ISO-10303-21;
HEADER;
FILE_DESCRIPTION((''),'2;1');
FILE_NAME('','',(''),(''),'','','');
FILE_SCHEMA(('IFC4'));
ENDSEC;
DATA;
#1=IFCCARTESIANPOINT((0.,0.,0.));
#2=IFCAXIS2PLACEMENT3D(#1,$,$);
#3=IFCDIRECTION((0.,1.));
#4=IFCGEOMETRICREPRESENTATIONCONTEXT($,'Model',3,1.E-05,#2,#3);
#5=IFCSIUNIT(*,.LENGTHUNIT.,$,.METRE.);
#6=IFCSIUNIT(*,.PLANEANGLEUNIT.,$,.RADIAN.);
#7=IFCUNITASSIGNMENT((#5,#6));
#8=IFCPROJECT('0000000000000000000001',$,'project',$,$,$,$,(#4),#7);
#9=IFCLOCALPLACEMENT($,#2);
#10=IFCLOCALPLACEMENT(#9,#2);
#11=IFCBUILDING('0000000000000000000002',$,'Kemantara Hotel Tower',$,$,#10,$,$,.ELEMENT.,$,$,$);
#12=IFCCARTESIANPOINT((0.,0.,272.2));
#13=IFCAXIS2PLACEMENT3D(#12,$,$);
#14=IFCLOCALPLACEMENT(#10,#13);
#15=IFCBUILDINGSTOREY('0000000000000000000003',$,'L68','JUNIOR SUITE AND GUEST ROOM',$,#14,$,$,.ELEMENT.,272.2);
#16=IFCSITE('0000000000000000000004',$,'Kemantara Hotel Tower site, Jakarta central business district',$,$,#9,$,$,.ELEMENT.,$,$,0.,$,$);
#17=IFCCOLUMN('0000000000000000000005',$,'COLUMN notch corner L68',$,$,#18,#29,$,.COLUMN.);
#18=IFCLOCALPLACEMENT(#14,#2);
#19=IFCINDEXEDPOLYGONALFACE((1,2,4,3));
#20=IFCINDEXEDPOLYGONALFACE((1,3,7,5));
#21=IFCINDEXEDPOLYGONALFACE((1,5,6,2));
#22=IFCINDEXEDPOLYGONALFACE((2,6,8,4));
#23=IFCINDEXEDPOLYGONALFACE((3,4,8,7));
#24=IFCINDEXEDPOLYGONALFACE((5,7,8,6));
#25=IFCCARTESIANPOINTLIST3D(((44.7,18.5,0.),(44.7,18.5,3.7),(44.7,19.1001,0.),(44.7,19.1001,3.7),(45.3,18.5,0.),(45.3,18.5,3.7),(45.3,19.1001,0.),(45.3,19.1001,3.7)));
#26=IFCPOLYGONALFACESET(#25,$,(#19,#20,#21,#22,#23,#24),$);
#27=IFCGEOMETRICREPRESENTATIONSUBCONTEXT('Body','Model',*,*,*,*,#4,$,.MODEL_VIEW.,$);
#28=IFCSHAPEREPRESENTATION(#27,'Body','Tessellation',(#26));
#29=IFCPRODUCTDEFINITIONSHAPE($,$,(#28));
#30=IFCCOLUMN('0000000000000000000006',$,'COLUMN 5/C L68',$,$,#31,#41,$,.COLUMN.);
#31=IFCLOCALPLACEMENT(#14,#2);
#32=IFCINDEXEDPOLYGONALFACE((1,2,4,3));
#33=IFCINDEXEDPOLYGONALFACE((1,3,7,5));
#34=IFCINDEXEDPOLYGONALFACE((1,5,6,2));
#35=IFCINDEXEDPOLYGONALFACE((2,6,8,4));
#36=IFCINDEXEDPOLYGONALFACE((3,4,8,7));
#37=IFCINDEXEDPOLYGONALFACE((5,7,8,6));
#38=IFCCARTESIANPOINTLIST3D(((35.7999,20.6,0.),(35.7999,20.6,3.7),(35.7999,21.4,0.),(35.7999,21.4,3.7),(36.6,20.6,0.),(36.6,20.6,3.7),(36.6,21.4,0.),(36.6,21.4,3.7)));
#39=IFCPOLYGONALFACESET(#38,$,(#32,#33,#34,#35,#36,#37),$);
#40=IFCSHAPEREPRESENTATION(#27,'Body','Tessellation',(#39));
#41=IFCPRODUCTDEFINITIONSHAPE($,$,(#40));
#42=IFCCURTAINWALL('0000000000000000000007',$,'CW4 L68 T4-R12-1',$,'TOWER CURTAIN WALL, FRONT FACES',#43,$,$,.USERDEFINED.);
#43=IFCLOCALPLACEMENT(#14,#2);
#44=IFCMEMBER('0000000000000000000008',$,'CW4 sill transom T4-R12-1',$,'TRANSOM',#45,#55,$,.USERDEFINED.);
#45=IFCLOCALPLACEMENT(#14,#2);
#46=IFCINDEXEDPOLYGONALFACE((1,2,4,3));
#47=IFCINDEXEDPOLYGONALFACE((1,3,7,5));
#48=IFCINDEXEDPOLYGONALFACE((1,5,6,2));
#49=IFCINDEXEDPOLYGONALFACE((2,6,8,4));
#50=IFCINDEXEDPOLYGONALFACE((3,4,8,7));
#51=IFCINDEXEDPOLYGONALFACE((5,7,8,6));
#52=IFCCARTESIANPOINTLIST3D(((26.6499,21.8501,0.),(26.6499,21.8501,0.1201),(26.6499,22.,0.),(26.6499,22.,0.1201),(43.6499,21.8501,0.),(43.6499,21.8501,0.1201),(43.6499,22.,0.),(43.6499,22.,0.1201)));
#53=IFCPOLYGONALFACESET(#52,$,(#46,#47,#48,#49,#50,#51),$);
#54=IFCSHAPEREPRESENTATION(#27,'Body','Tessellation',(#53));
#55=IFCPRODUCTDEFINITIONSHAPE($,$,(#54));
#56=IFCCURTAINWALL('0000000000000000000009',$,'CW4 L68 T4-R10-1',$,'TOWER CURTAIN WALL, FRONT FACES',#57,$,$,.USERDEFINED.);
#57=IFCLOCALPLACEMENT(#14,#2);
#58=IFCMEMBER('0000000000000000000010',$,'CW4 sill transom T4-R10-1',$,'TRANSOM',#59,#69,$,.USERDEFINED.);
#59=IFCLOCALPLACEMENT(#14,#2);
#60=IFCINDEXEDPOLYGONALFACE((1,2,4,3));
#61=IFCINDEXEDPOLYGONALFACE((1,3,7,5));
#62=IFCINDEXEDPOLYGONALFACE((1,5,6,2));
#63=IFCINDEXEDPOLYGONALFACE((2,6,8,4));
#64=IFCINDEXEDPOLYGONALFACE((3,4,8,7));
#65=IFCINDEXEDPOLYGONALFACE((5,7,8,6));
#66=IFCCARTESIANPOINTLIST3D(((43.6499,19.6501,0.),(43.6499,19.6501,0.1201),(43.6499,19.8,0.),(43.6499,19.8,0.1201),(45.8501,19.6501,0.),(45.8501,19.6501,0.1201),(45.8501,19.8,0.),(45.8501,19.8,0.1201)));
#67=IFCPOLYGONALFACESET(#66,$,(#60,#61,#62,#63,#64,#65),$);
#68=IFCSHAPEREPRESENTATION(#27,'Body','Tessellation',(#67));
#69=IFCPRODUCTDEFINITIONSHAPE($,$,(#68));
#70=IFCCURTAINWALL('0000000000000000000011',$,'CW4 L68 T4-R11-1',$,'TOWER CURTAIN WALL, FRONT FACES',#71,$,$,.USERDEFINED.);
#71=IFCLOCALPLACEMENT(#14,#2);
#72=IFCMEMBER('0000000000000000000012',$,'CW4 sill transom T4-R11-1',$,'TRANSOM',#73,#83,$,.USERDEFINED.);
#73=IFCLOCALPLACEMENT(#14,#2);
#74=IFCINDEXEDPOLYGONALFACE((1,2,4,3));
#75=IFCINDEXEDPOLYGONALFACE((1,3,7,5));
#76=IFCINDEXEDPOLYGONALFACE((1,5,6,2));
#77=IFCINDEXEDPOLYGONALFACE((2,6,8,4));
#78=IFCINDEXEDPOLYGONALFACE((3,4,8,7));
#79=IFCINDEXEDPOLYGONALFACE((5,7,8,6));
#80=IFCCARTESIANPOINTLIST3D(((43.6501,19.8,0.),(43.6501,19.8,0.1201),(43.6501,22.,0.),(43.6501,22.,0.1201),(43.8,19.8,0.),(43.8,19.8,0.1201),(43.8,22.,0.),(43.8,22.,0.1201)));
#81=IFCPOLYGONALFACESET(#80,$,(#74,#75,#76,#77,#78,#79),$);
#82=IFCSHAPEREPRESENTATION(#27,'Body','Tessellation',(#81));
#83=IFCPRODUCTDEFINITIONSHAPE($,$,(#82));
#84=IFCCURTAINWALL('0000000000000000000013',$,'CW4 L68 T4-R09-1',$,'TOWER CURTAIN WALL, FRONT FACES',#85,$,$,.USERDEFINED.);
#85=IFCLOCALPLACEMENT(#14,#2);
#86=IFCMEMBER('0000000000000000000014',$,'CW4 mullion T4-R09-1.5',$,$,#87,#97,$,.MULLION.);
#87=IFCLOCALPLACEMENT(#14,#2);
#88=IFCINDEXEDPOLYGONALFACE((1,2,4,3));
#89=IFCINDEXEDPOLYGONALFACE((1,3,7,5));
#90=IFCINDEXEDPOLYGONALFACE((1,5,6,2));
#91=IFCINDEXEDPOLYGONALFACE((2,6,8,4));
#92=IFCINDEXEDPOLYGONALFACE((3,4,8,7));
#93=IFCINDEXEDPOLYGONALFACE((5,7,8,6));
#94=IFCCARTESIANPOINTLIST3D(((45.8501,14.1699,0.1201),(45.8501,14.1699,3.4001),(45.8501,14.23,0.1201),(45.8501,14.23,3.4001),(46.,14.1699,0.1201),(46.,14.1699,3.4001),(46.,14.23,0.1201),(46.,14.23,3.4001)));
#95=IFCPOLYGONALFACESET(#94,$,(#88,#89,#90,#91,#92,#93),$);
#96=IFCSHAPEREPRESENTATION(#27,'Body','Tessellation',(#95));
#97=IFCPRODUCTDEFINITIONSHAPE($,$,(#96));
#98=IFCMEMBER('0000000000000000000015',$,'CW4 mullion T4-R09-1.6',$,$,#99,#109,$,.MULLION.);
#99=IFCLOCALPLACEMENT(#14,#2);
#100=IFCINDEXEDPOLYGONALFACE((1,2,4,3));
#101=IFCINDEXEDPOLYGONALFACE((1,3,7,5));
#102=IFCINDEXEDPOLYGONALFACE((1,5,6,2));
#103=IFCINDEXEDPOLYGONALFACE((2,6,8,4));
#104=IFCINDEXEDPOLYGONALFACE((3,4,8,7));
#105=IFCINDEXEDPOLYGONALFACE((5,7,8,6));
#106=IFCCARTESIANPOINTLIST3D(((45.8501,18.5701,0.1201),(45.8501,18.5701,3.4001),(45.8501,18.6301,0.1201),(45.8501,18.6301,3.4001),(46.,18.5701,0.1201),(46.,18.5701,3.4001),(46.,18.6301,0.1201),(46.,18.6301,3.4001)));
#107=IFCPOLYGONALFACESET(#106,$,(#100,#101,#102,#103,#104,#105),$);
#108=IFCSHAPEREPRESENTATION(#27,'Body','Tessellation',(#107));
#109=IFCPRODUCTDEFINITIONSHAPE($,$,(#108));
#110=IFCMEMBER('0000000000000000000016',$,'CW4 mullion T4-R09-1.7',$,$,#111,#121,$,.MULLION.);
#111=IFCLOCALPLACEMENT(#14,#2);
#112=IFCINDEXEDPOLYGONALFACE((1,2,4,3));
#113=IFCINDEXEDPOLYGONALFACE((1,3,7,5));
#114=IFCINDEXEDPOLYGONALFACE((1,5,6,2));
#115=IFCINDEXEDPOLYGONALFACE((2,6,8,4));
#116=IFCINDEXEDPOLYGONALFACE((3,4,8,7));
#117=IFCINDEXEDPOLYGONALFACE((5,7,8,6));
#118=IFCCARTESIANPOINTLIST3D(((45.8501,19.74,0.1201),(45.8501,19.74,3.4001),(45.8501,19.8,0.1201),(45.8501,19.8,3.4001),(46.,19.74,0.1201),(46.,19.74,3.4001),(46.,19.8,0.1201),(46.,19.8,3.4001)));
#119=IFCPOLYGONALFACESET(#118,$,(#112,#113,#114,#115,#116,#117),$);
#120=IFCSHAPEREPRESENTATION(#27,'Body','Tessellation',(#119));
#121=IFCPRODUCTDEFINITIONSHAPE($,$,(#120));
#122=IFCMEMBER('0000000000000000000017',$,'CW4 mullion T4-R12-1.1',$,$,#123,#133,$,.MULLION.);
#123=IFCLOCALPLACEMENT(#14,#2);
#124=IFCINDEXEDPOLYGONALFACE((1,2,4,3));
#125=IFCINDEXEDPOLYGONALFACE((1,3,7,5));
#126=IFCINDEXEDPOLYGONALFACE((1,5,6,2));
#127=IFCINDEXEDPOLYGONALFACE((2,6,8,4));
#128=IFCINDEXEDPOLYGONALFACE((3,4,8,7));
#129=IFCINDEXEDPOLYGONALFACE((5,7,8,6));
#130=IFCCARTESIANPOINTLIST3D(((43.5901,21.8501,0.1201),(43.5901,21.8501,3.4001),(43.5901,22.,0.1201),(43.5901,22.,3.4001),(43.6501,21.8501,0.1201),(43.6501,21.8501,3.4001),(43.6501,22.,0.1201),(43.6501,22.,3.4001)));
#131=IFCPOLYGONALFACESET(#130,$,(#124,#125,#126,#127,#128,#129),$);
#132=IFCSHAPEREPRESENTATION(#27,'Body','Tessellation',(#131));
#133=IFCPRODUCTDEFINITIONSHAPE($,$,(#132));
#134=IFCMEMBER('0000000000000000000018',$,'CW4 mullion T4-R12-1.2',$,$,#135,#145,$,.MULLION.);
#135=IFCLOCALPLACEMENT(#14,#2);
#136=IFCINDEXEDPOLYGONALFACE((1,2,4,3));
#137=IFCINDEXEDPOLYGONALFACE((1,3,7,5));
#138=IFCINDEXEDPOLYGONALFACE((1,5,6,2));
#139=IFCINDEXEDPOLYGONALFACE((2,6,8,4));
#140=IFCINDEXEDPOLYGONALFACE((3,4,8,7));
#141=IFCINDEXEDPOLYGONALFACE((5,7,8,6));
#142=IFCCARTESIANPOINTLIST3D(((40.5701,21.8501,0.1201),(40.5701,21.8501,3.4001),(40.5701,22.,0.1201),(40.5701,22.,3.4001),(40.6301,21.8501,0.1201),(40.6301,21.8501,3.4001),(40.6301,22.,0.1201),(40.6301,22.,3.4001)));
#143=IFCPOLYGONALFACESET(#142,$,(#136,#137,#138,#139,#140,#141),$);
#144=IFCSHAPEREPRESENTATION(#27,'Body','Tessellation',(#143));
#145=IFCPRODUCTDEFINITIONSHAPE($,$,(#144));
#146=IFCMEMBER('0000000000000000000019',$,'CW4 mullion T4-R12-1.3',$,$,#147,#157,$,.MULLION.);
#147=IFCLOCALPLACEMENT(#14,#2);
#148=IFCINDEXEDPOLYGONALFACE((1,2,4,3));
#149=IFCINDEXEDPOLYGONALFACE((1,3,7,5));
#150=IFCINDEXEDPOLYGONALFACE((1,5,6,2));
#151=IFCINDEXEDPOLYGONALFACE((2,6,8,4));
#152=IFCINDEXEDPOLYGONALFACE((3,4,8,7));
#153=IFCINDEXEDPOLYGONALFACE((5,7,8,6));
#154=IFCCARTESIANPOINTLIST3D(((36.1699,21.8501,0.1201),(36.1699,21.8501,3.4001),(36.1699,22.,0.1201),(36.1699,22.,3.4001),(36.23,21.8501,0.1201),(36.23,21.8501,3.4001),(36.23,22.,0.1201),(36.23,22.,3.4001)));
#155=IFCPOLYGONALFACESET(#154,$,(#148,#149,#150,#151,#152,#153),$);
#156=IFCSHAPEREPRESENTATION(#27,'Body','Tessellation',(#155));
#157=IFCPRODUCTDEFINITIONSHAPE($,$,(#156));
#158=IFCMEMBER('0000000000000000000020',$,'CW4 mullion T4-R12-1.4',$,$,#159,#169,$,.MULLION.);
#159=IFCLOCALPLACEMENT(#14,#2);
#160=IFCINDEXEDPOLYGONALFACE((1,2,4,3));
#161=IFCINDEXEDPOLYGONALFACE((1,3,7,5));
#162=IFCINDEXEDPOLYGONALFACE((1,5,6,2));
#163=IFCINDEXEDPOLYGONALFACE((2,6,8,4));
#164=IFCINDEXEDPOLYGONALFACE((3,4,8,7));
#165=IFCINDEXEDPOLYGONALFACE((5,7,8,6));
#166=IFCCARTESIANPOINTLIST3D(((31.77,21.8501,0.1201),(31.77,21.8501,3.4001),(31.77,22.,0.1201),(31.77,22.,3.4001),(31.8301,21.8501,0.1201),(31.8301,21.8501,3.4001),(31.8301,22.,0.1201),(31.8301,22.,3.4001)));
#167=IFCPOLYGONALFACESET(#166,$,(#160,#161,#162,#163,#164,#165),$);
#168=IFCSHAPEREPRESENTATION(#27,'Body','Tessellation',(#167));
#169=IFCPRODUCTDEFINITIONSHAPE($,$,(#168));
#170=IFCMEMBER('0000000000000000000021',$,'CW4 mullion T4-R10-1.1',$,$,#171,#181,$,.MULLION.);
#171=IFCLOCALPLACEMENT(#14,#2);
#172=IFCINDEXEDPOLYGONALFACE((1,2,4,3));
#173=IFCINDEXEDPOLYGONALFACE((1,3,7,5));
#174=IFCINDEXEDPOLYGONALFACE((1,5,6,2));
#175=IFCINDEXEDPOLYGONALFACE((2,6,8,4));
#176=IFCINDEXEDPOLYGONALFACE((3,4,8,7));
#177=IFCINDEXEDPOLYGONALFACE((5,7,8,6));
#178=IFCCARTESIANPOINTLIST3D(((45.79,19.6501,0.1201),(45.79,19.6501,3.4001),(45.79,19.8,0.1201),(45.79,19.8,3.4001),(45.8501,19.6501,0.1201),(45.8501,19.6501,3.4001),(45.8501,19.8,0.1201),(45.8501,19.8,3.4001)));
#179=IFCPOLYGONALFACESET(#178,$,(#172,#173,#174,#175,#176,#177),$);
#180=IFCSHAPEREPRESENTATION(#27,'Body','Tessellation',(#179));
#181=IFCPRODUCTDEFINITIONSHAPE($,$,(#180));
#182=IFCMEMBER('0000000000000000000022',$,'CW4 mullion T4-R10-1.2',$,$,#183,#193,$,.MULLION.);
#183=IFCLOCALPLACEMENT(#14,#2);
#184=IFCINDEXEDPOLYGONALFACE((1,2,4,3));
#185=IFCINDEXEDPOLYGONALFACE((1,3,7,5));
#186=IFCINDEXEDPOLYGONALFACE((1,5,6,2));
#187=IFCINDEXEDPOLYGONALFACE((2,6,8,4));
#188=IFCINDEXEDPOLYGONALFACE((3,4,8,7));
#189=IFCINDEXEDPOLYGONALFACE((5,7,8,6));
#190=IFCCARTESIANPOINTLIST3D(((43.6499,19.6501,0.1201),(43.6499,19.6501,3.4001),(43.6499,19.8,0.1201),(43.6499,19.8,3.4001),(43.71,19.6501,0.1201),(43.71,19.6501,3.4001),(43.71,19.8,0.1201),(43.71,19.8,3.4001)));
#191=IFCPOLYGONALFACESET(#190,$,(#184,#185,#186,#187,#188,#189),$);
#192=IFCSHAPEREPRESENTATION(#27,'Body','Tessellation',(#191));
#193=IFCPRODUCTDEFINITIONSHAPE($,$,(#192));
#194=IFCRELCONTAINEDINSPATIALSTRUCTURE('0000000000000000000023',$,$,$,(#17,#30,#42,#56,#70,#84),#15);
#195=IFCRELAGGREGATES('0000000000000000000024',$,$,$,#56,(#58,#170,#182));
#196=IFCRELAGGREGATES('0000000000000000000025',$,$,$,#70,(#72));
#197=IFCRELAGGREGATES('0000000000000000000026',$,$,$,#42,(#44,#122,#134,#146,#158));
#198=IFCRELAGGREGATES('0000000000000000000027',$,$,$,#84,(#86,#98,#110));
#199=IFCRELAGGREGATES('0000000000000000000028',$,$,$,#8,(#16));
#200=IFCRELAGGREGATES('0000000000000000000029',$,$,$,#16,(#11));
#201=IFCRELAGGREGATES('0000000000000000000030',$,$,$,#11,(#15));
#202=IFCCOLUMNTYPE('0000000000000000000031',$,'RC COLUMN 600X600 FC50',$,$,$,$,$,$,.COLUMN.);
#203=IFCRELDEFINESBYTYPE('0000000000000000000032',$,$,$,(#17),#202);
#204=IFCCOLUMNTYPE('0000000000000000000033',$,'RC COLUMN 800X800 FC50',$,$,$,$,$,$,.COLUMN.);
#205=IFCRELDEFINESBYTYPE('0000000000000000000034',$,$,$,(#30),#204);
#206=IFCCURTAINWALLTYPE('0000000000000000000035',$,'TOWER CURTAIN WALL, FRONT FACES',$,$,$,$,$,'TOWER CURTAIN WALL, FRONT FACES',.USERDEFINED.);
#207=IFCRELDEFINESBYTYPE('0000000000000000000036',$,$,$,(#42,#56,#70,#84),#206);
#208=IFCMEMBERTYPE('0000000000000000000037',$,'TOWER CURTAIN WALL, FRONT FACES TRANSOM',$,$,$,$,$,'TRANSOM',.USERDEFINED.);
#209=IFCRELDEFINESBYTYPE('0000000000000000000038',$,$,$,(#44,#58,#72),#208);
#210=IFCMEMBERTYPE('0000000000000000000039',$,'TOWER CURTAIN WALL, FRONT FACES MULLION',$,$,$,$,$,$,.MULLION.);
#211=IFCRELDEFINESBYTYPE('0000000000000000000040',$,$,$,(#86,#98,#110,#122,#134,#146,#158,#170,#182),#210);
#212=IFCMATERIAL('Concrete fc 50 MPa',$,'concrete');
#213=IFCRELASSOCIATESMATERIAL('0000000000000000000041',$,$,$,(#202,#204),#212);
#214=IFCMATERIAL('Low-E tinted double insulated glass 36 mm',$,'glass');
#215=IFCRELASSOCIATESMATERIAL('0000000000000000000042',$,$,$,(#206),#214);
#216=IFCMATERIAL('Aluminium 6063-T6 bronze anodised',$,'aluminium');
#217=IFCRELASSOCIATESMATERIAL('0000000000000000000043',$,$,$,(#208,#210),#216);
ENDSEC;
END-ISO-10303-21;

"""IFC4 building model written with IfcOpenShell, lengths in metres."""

from ifc_helpers import new_model, si_unit, direction, frame, origin, origin_2d, place, context, subcontext, project, spatial, rectangle, extrude, source, transform, mapped, material, material_profile, profile_set, type_object, element, aggregate, save


model = new_model("IFC4")

# Units and contexts
model_context = context("Model", 3, precision=1e-05, world=origin(), true_north=direction((0.0, 1.0)))
body_context = subcontext(model_context, "Body", "Model", "MODEL_VIEW")
ifc_project = project(units=[si_unit("LENGTHUNIT", "METRE"), si_unit("PLANEANGLEUNIT", "RADIAN")], contexts=[model_context])

# Site, building, storey
site_placement = place(None, origin())
site = spatial("IfcSite", under=ifc_project, at=site_placement, Name="Kemantara Hotel Tower site, Jakarta central business district", CompositionType="ELEMENT", RefElevation=0.0)
building_placement = place(site_placement, origin())
building = spatial("IfcBuilding", under=site, at=building_placement, Name="Kemantara Hotel Tower", CompositionType="ELEMENT")
storey_placement = place(building_placement, frame((0.0, 0.0, 272.2)))
storey = spatial("IfcBuildingStorey", under=building, at=storey_placement, Name="L68", Description="JUNIOR SUITE AND GUEST ROOM", CompositionType="ELEMENT", Elevation=272.2)

# Columns
ifc_material_1 = material(Name="Concrete fc 50 MPa", Category="concrete")
ifc_material_profile_1 = material_profile(ifc_material_1, rectangle(XDim=0.6001, YDim=0.6001, at=origin_2d()), Name="RC 600X600")
ifc_profile_set_1 = profile_set([ifc_material_profile_1], Name="Concrete fc 50 MPa")
column_type_1 = type_object("IfcColumnType", Name="RC COLUMN 600X600 FC50", PredefinedType="COLUMN", material=ifc_profile_set_1)
column_1_placement = place(storey_placement, frame((45.0, 18.8, 0.0), z_axis=(0.0, 0.0, 1.0), x_axis=(1.0, 0.0, 0.0)))
element("IfcColumn", 1, at=column_1_placement, inside=storey, type_object=column_type_1, Name="COLUMN notch corner L68", PredefinedType="COLUMN", context=body_context, shape_type="SweptSolid", body=[
    extrude(rectangle(XDim=0.6001, YDim=0.6001, at=origin_2d()), origin(), (0.0, 0.0, 1.0), 3.7),
])
ifc_material_profile_2 = material_profile(ifc_material_1, rectangle(XDim=0.8, YDim=0.8, at=origin_2d()), Name="RC 800X800")
ifc_profile_set_2 = profile_set([ifc_material_profile_2], Name="Concrete fc 50 MPa")
column_type_2 = type_object("IfcColumnType", Name="RC COLUMN 800X800 FC50", PredefinedType="COLUMN", material=ifc_profile_set_2)
column_2_placement = place(storey_placement, frame((36.2, 21.0, 0.0), z_axis=(0.0, 0.0, 1.0), x_axis=(1.0, 0.0, 0.0)))
element("IfcColumn", 2, at=column_2_placement, inside=storey, type_object=column_type_2, Name="COLUMN 5/C L68", PredefinedType="COLUMN", context=body_context, shape_type="SweptSolid", body=[
    extrude(rectangle(XDim=0.8, YDim=0.8, at=origin_2d()), origin(), (0.0, 0.0, 1.0), 3.7),
])

# Curtain walls, members
ifc_material_2 = material(Name="Low-E tinted double insulated glass 36 mm", Category="glass")
curtain_wall_type = type_object("IfcCurtainWallType", Name="TOWER CURTAIN WALL, FRONT FACES", ElementType="TOWER CURTAIN WALL, FRONT FACES", PredefinedType="USERDEFINED", material=ifc_material_2)
curtain_wall_1_placement = place(storey_placement, origin())
curtain_wall_1 = element("IfcCurtainWall", 3, at=curtain_wall_1_placement, inside=storey, type_object=curtain_wall_type, Name="CW4 L68 T4-R12-1", ObjectType="TOWER CURTAIN WALL, FRONT FACES", PredefinedType="USERDEFINED")
ifc_material_3 = material(Name="Aluminium 6063-T6 bronze anodised", Category="aluminium")
ifc_material_profile_3 = material_profile(ifc_material_3, rectangle(XDim=0.1499, YDim=0.1201, at=origin_2d()), Name="TOWER CURTAIN WALL, FRONT FACES TRANSOM")
ifc_profile_set_3 = profile_set([ifc_material_profile_3], Name="Aluminium 6063-T6 bronze anodised")
member_type_1 = type_object("IfcMemberType", Name="TOWER CURTAIN WALL, FRONT FACES TRANSOM", ElementType="TRANSOM", PredefinedType="USERDEFINED", material=ifc_profile_set_3)
member_1_placement = place(storey_placement, frame((43.6499, 21.925, 0.0601), z_axis=(-1.0, 0.0, 0.0), x_axis=(0.0, -1.0, 0.0)))
member_1 = element("IfcMember", 4, at=member_1_placement, type_object=member_type_1, Name="CW4 sill transom T4-R12-1", ObjectType="TRANSOM", PredefinedType="USERDEFINED", context=body_context, shape_type="SweptSolid", body=[
    extrude(rectangle(XDim=0.1499, YDim=0.1201, at=origin_2d()), origin(), (0.0, 0.0, 1.0), 17.0),
])
curtain_wall_2_placement = place(storey_placement, origin())
curtain_wall_2 = element("IfcCurtainWall", 5, at=curtain_wall_2_placement, inside=storey, type_object=curtain_wall_type, Name="CW4 L68 T4-R10-1", ObjectType="TOWER CURTAIN WALL, FRONT FACES", PredefinedType="USERDEFINED")
member_2_placement = place(storey_placement, frame((45.8501, 19.7251, 0.0601), z_axis=(-1.0, 0.0, 0.0), x_axis=(0.0, -1.0, 0.0)))
member_2 = element("IfcMember", 6, at=member_2_placement, type_object=member_type_1, Name="CW4 sill transom T4-R10-1", ObjectType="TRANSOM", PredefinedType="USERDEFINED", context=body_context, shape_type="SweptSolid", body=[
    extrude(rectangle(XDim=0.1499, YDim=0.1201, at=origin_2d()), origin(), (0.0, 0.0, 1.0), 2.2002),
])
curtain_wall_3_placement = place(storey_placement, origin())
curtain_wall_3 = element("IfcCurtainWall", 7, at=curtain_wall_3_placement, inside=storey, type_object=curtain_wall_type, Name="CW4 L68 T4-R11-1", ObjectType="TOWER CURTAIN WALL, FRONT FACES", PredefinedType="USERDEFINED")
member_3_placement = place(storey_placement, frame((43.7251, 19.8, 0.0601), z_axis=(0.0, 1.0, 0.0), x_axis=(-1.0, 0.0, 0.0)))
member_3 = element("IfcMember", 8, at=member_3_placement, type_object=member_type_1, Name="CW4 sill transom T4-R11-1", ObjectType="TRANSOM", PredefinedType="USERDEFINED", context=body_context, shape_type="SweptSolid", body=[
    extrude(rectangle(XDim=0.1499, YDim=0.1201, at=origin_2d()), origin(), (0.0, 0.0, 1.0), 2.2),
])

# Curtain wall, members
curtain_wall_4_placement = place(storey_placement, origin())
curtain_wall_4 = element("IfcCurtainWall", 9, at=curtain_wall_4_placement, inside=storey, type_object=curtain_wall_type, Name="CW4 L68 T4-R09-1", ObjectType="TOWER CURTAIN WALL, FRONT FACES", PredefinedType="USERDEFINED")
ifc_material_profile_4 = material_profile(ifc_material_3, rectangle(XDim=0.1499, YDim=0.0601, at=origin_2d()), Name="TOWER CURTAIN WALL, FRONT FACES MULLION")
ifc_profile_set_4 = profile_set([ifc_material_profile_4], Name="Aluminium 6063-T6 bronze anodised")
member_type_2 = type_object("IfcMemberType", Name="TOWER CURTAIN WALL, FRONT FACES MULLION", PredefinedType="MULLION", material=ifc_profile_set_4)
shared_shape_1 = source(origin(), body_context, "Body", "SweptSolid", [
    extrude(rectangle(XDim=0.1499, YDim=0.0601, at=origin_2d()), origin(), (0.0, 0.0, 1.0), 3.28),
])
member_4_placement = place(storey_placement, frame((45.925, 14.2, 0.1201), z_axis=(0.0, 0.0, 1.0), x_axis=(-1.0, 0.0, 0.0)))
member_4 = element("IfcMember", 10, at=member_4_placement, type_object=member_type_2, Name="CW4 mullion T4-R09-1.5", PredefinedType="MULLION", context=body_context, shape_type="MappedRepresentation", body=[
    mapped(shared_shape_1, transform((0.0, 0.0, 0.0))),
])
member_5_placement = place(storey_placement, frame((45.925, 18.6001, 0.1201), z_axis=(0.0, 0.0, 1.0), x_axis=(-1.0, 0.0, 0.0)))
member_5 = element("IfcMember", 11, at=member_5_placement, type_object=member_type_2, Name="CW4 mullion T4-R09-1.6", PredefinedType="MULLION", context=body_context, shape_type="MappedRepresentation", body=[
    mapped(shared_shape_1, transform((0.0, 0.0, 0.0))),
])
member_6_placement = place(storey_placement, frame((45.925, 19.77, 0.1201), z_axis=(0.0, 0.0, 1.0), x_axis=(-1.0, 0.0, 0.0)))
member_6 = element("IfcMember", 12, at=member_6_placement, type_object=member_type_2, Name="CW4 mullion T4-R09-1.7", PredefinedType="MULLION", context=body_context, shape_type="MappedRepresentation", body=[
    mapped(shared_shape_1, transform((0.0, 0.0, 0.0))),
])

# Members
member_7_placement = place(storey_placement, frame((43.6201, 21.925, 0.1201), z_axis=(0.0, 0.0, 1.0), x_axis=(0.0, -1.0, 0.0)))
member_7 = element("IfcMember", 13, at=member_7_placement, type_object=member_type_2, Name="CW4 mullion T4-R12-1.1", PredefinedType="MULLION", context=body_context, shape_type="MappedRepresentation", body=[
    mapped(shared_shape_1, transform((0.0, 0.0, 0.0))),
])
member_8_placement = place(storey_placement, frame((40.6001, 21.925, 0.1201), z_axis=(0.0, 0.0, 1.0), x_axis=(0.0, -1.0, 0.0)))
member_8 = element("IfcMember", 14, at=member_8_placement, type_object=member_type_2, Name="CW4 mullion T4-R12-1.2", PredefinedType="MULLION", context=body_context, shape_type="MappedRepresentation", body=[
    mapped(shared_shape_1, transform((0.0, 0.0, 0.0))),
])
member_9_placement = place(storey_placement, frame((36.2, 21.925, 0.1201), z_axis=(0.0, 0.0, 1.0), x_axis=(0.0, -1.0, 0.0)))
member_9 = element("IfcMember", 15, at=member_9_placement, type_object=member_type_2, Name="CW4 mullion T4-R12-1.3", PredefinedType="MULLION", context=body_context, shape_type="MappedRepresentation", body=[
    mapped(shared_shape_1, transform((0.0, 0.0, 0.0))),
])
member_10_placement = place(storey_placement, frame((31.8, 21.925, 0.1201), z_axis=(0.0, 0.0, 1.0), x_axis=(0.0, -1.0, 0.0)))
member_10 = element("IfcMember", 16, at=member_10_placement, type_object=member_type_2, Name="CW4 mullion T4-R12-1.4", PredefinedType="MULLION", context=body_context, shape_type="MappedRepresentation", body=[
    mapped(shared_shape_1, transform((0.0, 0.0, 0.0))),
])
member_11_placement = place(storey_placement, frame((45.8201, 19.7251, 0.1201), z_axis=(0.0, 0.0, 1.0), x_axis=(0.0, -1.0, 0.0)))
member_11 = element("IfcMember", 17, at=member_11_placement, type_object=member_type_2, Name="CW4 mullion T4-R10-1.1", PredefinedType="MULLION", context=body_context, shape_type="MappedRepresentation", body=[
    mapped(shared_shape_1, transform((0.0, 0.0, 0.0))),
])
member_12_placement = place(storey_placement, frame((43.6799, 19.7251, 0.1201), z_axis=(0.0, 0.0, 1.0), x_axis=(0.0, -1.0, 0.0)))
member_12 = element("IfcMember", 18, at=member_12_placement, type_object=member_type_2, Name="CW4 mullion T4-R10-1.2", PredefinedType="MULLION", context=body_context, shape_type="MappedRepresentation", body=[
    mapped(shared_shape_1, transform((0.0, 0.0, 0.0))),
])

aggregate(curtain_wall_2, [member_2, member_11, member_12])
aggregate(curtain_wall_3, [member_3])
aggregate(curtain_wall_1, [member_1, member_7, member_8, member_9, member_10])
aggregate(curtain_wall_4, [member_4, member_5, member_6])

save(model, "model.ifc")
